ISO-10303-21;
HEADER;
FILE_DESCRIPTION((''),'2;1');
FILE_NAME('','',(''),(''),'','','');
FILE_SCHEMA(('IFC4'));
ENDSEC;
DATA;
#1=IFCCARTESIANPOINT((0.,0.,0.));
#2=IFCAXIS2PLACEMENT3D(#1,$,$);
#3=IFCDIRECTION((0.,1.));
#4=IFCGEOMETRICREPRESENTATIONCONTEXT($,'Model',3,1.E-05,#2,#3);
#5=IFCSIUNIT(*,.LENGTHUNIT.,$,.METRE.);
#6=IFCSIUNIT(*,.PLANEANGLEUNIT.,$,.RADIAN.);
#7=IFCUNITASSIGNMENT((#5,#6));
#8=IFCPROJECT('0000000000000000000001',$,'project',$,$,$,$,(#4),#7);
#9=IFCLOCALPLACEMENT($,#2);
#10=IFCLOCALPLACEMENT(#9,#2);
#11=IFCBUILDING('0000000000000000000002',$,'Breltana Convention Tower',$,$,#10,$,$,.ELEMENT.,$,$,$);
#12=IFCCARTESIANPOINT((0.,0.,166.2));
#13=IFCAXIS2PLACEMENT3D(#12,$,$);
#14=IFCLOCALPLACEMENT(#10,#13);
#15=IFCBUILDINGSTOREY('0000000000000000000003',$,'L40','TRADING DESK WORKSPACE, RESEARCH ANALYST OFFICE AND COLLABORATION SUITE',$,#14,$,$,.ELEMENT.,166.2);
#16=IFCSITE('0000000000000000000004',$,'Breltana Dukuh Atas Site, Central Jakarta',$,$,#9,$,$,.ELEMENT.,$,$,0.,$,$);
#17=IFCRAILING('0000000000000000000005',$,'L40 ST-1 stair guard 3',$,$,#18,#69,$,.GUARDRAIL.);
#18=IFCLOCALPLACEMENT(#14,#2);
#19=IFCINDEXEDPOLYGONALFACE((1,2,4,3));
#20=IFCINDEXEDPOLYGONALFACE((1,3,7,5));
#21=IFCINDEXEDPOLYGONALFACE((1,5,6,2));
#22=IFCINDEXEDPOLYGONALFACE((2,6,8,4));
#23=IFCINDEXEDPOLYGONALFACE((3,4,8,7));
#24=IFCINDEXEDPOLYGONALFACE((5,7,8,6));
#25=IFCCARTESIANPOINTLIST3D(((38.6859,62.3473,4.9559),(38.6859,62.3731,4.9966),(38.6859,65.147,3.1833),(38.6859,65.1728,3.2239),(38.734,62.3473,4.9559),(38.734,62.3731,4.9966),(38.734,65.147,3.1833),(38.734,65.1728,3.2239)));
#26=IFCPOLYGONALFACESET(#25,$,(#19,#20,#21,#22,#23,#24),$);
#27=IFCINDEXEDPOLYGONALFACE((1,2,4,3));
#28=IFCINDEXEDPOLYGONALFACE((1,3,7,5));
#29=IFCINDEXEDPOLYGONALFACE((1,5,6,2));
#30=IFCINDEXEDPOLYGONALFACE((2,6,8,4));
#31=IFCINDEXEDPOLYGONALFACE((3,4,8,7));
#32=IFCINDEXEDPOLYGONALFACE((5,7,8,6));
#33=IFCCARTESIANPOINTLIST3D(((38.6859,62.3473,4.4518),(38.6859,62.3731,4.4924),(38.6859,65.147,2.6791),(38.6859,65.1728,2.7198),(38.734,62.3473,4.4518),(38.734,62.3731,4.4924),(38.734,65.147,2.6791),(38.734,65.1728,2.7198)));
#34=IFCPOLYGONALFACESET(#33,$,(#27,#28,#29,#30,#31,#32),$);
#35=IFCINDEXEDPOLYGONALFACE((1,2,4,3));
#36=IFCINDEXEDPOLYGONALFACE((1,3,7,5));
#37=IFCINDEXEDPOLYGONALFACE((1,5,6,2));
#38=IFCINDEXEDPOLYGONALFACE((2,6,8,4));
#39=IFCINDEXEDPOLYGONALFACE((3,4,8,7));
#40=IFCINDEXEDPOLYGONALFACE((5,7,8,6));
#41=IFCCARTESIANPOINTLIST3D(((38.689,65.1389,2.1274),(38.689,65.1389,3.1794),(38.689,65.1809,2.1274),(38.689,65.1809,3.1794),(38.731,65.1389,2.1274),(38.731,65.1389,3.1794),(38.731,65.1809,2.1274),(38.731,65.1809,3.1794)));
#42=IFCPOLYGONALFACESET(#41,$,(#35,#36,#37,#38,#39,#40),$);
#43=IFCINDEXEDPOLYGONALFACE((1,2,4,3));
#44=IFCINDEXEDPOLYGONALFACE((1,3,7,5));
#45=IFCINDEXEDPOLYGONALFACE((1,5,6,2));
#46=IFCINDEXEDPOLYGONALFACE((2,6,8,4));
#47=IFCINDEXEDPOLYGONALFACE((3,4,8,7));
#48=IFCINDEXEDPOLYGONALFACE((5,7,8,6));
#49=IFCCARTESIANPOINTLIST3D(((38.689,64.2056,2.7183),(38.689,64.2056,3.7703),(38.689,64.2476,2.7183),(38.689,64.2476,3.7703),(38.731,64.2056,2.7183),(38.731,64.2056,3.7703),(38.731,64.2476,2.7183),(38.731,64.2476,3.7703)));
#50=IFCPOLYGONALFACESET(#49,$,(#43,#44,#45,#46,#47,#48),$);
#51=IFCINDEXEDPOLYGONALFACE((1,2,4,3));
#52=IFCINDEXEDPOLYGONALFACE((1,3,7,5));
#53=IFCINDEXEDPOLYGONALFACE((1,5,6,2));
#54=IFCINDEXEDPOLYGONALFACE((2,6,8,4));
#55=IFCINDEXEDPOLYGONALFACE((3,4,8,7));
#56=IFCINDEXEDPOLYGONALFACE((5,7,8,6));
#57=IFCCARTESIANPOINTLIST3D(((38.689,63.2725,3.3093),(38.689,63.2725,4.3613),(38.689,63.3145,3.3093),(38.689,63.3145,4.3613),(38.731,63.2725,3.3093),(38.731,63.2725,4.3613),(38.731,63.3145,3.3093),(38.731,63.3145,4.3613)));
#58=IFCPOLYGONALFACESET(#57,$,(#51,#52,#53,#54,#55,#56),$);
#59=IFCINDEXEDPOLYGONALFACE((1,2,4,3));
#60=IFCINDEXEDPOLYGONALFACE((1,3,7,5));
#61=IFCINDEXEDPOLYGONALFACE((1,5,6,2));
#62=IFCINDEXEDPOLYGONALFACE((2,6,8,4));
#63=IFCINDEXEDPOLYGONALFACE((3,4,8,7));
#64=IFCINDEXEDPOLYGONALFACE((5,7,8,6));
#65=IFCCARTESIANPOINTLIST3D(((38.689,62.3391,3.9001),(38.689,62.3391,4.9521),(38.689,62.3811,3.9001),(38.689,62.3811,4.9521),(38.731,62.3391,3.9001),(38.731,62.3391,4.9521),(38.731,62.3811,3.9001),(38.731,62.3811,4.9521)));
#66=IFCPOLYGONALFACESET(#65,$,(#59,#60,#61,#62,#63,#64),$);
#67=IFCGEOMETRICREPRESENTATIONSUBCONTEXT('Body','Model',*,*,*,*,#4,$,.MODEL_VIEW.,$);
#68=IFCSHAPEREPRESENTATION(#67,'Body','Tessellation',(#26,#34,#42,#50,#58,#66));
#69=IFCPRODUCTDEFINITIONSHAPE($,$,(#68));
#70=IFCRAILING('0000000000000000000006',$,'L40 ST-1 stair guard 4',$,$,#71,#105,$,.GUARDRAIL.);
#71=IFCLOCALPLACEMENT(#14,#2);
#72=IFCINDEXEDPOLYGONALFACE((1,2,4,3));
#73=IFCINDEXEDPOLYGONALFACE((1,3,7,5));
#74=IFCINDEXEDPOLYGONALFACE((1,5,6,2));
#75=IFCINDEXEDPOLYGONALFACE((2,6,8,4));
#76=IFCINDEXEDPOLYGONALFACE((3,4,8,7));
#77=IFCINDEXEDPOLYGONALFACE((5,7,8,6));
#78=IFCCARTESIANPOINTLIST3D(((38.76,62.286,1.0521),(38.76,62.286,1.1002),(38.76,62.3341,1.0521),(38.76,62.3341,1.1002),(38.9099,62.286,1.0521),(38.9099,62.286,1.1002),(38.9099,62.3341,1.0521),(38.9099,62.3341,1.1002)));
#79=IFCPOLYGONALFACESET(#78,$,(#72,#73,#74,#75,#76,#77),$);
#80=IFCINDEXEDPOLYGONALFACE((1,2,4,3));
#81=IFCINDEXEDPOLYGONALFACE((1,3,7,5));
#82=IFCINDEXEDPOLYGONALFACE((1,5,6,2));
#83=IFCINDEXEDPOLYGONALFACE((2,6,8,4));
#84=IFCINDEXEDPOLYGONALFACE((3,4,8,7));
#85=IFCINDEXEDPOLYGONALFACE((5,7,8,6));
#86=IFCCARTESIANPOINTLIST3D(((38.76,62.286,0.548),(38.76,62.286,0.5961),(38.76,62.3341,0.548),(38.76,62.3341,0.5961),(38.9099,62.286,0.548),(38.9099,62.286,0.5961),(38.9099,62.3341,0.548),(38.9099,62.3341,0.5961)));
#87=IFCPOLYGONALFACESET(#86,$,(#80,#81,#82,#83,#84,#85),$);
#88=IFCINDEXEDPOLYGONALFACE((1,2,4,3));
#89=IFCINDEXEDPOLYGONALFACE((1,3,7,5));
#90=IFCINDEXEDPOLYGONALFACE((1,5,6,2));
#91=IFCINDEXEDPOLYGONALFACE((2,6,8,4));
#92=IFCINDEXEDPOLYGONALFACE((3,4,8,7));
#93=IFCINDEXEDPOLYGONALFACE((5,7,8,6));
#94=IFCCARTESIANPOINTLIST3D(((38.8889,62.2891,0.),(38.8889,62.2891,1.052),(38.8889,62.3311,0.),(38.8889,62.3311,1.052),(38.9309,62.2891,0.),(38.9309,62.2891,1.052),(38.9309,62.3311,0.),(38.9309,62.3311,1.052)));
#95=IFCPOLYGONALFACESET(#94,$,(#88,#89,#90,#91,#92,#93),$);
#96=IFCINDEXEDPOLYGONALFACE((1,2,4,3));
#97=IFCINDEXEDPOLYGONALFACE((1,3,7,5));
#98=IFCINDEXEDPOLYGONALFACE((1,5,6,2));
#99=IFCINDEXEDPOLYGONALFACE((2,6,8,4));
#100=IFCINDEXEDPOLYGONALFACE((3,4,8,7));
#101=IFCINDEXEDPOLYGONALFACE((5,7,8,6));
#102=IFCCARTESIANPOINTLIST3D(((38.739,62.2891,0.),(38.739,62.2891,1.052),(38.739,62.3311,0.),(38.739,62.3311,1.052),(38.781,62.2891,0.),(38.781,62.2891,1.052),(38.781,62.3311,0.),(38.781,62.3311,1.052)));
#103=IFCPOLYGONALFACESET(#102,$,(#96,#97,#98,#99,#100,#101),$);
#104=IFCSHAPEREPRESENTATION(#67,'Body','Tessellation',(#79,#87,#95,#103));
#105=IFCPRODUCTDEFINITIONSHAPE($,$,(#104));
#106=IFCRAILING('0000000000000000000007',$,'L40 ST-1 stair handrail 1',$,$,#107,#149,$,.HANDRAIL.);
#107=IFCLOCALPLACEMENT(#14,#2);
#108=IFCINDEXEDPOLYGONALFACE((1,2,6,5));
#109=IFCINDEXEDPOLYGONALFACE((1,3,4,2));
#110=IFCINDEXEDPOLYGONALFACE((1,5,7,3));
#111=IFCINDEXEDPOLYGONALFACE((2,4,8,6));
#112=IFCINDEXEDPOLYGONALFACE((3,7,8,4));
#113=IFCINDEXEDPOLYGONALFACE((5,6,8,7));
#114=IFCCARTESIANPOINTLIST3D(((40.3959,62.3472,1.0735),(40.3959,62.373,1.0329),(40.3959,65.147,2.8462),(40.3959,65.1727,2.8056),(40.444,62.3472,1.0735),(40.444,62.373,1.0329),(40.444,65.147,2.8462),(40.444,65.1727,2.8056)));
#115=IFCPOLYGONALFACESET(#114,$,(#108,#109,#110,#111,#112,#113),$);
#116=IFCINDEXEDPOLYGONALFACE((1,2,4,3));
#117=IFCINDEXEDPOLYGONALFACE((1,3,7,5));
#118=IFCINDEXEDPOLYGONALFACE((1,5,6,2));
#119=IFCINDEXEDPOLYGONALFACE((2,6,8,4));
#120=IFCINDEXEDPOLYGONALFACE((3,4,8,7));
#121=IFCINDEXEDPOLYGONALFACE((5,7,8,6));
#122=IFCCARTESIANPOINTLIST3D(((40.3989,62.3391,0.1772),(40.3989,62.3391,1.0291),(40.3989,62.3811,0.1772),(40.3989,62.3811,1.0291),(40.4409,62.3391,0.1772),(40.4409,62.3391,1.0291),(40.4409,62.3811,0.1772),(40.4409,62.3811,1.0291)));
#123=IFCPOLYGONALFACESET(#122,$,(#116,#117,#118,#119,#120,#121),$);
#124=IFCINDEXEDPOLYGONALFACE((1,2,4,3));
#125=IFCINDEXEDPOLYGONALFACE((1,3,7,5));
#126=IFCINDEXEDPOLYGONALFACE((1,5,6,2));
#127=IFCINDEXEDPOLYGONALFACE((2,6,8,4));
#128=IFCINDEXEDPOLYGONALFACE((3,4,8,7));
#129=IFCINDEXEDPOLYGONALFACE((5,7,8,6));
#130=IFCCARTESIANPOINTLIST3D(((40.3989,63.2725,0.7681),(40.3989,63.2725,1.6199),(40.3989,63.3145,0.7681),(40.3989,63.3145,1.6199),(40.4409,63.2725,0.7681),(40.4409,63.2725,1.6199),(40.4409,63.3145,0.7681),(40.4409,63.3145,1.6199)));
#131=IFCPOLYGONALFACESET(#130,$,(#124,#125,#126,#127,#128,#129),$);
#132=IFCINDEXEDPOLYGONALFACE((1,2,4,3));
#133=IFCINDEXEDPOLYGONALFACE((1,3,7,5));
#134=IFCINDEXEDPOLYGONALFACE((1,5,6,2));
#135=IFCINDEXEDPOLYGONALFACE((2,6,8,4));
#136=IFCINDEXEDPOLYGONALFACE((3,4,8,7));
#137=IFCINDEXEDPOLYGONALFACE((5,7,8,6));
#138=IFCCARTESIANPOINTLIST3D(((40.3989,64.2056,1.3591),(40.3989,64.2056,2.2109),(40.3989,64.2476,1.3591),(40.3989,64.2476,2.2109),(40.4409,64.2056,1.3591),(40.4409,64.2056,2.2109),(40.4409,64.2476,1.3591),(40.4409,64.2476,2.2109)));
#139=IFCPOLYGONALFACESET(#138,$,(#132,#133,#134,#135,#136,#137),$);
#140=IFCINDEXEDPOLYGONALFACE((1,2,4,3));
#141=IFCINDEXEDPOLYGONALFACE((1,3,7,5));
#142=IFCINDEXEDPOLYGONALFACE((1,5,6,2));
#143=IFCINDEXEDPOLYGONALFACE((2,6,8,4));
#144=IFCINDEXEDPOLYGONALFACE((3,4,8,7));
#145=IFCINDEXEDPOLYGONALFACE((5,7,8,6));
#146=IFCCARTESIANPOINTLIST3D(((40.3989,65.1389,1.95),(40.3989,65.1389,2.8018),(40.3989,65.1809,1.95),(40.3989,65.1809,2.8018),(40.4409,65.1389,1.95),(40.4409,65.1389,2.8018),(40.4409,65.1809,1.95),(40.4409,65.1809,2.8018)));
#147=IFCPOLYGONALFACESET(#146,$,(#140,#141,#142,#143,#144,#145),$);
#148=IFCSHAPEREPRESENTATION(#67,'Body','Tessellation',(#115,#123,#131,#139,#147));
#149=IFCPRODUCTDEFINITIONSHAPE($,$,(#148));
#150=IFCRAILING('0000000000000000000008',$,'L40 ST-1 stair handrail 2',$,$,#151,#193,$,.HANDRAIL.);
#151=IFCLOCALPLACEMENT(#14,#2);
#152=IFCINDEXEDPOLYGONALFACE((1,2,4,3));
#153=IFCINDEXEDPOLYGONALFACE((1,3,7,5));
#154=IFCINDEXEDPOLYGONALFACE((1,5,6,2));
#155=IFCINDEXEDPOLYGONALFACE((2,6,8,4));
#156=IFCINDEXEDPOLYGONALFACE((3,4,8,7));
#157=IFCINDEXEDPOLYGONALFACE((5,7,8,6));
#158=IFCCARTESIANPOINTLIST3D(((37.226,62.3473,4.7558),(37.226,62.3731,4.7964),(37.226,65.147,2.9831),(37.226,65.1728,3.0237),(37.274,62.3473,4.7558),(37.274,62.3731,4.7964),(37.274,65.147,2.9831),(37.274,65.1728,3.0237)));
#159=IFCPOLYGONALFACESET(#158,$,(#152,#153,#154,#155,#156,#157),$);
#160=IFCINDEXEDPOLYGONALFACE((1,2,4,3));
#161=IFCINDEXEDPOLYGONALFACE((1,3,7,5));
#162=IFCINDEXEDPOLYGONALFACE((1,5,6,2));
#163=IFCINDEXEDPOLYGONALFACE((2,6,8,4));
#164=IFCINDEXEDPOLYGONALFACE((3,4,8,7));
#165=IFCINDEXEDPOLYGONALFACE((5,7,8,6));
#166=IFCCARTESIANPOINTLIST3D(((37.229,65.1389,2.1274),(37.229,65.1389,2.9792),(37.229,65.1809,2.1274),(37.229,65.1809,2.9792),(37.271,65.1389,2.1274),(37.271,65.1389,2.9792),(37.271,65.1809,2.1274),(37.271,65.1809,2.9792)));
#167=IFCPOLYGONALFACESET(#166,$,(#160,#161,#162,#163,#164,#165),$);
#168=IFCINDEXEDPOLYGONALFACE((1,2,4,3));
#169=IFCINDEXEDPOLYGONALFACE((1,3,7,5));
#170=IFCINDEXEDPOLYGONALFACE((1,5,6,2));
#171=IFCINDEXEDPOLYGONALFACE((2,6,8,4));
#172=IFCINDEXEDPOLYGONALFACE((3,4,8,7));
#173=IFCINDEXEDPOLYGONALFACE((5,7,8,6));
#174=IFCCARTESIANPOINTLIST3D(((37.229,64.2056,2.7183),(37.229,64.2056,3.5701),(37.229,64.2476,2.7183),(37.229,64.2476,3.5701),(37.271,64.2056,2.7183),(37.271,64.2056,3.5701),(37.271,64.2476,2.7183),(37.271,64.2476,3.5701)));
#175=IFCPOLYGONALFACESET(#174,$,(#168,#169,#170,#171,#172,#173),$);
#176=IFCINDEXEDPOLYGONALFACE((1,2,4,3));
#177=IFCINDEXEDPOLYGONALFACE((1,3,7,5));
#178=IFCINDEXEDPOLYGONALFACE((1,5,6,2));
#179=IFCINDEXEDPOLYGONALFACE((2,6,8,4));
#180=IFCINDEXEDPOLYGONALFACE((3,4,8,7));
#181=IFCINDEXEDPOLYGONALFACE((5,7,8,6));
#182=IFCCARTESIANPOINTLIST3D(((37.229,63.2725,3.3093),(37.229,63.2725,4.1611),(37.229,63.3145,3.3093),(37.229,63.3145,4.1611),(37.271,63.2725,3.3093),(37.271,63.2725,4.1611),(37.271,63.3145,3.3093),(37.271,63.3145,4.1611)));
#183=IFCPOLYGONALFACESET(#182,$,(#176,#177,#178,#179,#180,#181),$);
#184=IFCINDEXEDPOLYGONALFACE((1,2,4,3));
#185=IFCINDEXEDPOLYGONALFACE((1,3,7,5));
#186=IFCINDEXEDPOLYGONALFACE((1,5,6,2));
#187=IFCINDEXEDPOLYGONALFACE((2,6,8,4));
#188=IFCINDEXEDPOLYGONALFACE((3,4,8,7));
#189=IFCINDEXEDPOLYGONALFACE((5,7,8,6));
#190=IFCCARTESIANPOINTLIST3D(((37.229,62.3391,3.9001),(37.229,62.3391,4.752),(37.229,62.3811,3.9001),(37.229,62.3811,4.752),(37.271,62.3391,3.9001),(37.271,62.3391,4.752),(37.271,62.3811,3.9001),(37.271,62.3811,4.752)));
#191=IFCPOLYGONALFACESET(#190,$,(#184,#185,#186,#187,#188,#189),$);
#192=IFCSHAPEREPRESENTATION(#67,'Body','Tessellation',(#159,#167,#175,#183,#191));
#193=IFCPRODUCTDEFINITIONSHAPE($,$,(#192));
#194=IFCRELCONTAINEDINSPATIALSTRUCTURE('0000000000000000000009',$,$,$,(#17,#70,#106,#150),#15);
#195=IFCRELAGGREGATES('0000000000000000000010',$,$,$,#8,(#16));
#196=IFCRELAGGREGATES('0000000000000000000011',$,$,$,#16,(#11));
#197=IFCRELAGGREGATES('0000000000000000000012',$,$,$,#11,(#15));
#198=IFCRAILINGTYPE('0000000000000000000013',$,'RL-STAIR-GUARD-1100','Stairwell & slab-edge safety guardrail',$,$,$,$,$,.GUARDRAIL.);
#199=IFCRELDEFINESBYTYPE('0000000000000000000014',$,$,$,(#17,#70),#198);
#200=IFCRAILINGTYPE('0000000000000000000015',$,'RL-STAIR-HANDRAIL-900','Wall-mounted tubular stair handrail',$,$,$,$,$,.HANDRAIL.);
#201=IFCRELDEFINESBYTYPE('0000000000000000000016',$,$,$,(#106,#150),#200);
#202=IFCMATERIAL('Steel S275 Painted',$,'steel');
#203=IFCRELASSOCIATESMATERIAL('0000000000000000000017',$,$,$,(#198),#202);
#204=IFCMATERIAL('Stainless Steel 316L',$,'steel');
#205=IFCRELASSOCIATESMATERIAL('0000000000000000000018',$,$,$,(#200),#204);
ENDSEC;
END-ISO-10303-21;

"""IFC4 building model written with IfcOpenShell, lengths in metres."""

from ifc_helpers import new_model, si_unit, direction, frame, origin, origin_2d, place, context, subcontext, project, spatial, rectangle, extrude, material, type_object, element, save


model = new_model("IFC4")

# Units and contexts
model_context = context("Model", 3, precision=1e-05, world=origin(), true_north=direction((0.0, 1.0)))
body_context = subcontext(model_context, "Body", "Model", "MODEL_VIEW")
ifc_project = project(units=[si_unit("LENGTHUNIT", "METRE"), si_unit("PLANEANGLEUNIT", "RADIAN")], contexts=[model_context])

# Site, building, storey
site_placement = place(None, origin())
site = spatial("IfcSite", under=ifc_project, at=site_placement, Name="Breltana Dukuh Atas Site, Central Jakarta", CompositionType="ELEMENT", RefElevation=0.0)
building_placement = place(site_placement, origin())
building = spatial("IfcBuilding", under=site, at=building_placement, Name="Breltana Convention Tower", CompositionType="ELEMENT")
storey_placement = place(building_placement, frame((0.0, 0.0, 166.2)))
storey = spatial("IfcBuildingStorey", under=building, at=storey_placement, Name="L40", Description="TRADING DESK WORKSPACE, RESEARCH ANALYST OFFICE AND COLLABORATION SUITE", CompositionType="ELEMENT", Elevation=166.2)

# Railings
ifc_material_1 = material(Name="Steel S275 Painted", Category="steel")
railing_type_1 = type_object("IfcRailingType", Name="RL-STAIR-GUARD-1100", Description="Stairwell & slab-edge safety guardrail", PredefinedType="GUARDRAIL", material=ifc_material_1)
railing_1_placement = place(storey_placement, frame((38.71, 65.1599, 2.1274)))
element("IfcRailing", 1, at=railing_1_placement, inside=storey, type_object=railing_type_1, Name="L40 ST-1 stair guard 3", PredefinedType="GUARDRAIL", context=body_context, shape_type="SweptSolid", body=[
    extrude(rectangle(XDim=0.0481, YDim=0.0481, at=origin_2d()), frame((0.0, 0.0, 1.0762), z_axis=(0.0, -0.844888, 0.534943), x_axis=(1.0, 0.0, 0.0)), (0.0, 0.0, 1.0), 3.3137),
    extrude(rectangle(XDim=0.0481, YDim=0.0481, at=origin_2d()), frame((0.0, 0.0, 0.572), z_axis=(0.0, -0.844888, 0.534943), x_axis=(1.0, 0.0, 0.0)), (0.0, 0.0, 1.0), 3.3137),
    extrude(rectangle(XDim=0.042, YDim=0.042, at=origin_2d()), origin(), (0.0, 0.0, 1.0), 1.052),
    extrude(rectangle(XDim=0.042, YDim=0.042, at=origin_2d()), frame((0.0, -0.9333, 0.5908)), (0.0, 0.0, 1.0), 1.052),
    extrude(rectangle(XDim=0.042, YDim=0.042, at=origin_2d()), frame((0.0, -1.8665, 1.1819)), (0.0, 0.0, 1.0), 1.052),
    extrude(rectangle(XDim=0.042, YDim=0.042, at=origin_2d()), frame((0.0, -2.7998, 1.7727)), (0.0, 0.0, 1.0), 1.052),
])
railing_2_placement = place(storey_placement, frame((38.9099, 62.3101, 0.0)))
element("IfcRailing", 2, at=railing_2_placement, inside=storey, type_object=railing_type_1, Name="L40 ST-1 stair guard 4", PredefinedType="GUARDRAIL", context=body_context, shape_type="SweptSolid", body=[
    extrude(rectangle(XDim=0.0481, YDim=0.0481, at=origin_2d()), frame((0.0, 0.0, 1.0762), z_axis=(-1.0, 0.0, 0.0), x_axis=(0.0, -1.0, 0.0)), (0.0, 0.0, 1.0), 0.1499),
    extrude(rectangle(XDim=0.0481, YDim=0.0481, at=origin_2d()), frame((0.0, 0.0, 0.572), z_axis=(-1.0, 0.0, 0.0), x_axis=(0.0, -1.0, 0.0)), (0.0, 0.0, 1.0), 0.1499),
    extrude(rectangle(XDim=0.042, YDim=0.042, at=origin_2d()), origin(), (0.0, 0.0, 1.0), 1.052),
    extrude(rectangle(XDim=0.042, YDim=0.042, at=origin_2d()), frame((-0.1499, 0.0, 0.0)), (0.0, 0.0, 1.0), 1.052),
])
ifc_material_2 = material(Name="Stainless Steel 316L", Category="steel")
railing_type_2 = type_object("IfcRailingType", Name="RL-STAIR-HANDRAIL-900", Description="Wall-mounted tubular stair handrail", PredefinedType="HANDRAIL", material=ifc_material_2)
railing_3_placement = place(storey_placement, frame((40.4199, 62.3601, 0.1772)))
element("IfcRailing", 3, at=railing_3_placement, inside=storey, type_object=railing_type_2, Name="L40 ST-1 stair handrail 1", PredefinedType="HANDRAIL", context=body_context, shape_type="SweptSolid", body=[
    extrude(rectangle(XDim=0.0481, YDim=0.0481, at=origin_2d()), frame((0.0, 0.0, 0.876), z_axis=(0.0, 0.844888, 0.534943), x_axis=(-1.0, 0.0, 0.0)), (0.0, 0.0, 1.0), 3.3137),
    extrude(rectangle(XDim=0.042, YDim=0.042, at=origin_2d()), origin(), (0.0, 0.0, 1.0), 0.8518),
    extrude(rectangle(XDim=0.042, YDim=0.042, at=origin_2d()), frame((0.0, 0.9333, 0.5908)), (0.0, 0.0, 1.0), 0.8518),
    extrude(rectangle(XDim=0.042, YDim=0.042, at=origin_2d()), frame((0.0, 1.8665, 1.1819)), (0.0, 0.0, 1.0), 0.8518),
    extrude(rectangle(XDim=0.042, YDim=0.042, at=origin_2d()), frame((0.0, 2.7998, 1.7727)), (0.0, 0.0, 1.0), 0.8518),
])
railing_4_placement = place(storey_placement, frame((37.25, 65.1599, 2.1274)))
element("IfcRailing", 4, at=railing_4_placement, inside=storey, type_object=railing_type_2, Name="L40 ST-1 stair handrail 2", PredefinedType="HANDRAIL", context=body_context, shape_type="SweptSolid", body=[
    extrude(rectangle(XDim=0.0481, YDim=0.0481, at=origin_2d()), frame((0.0, 0.0, 0.876), z_axis=(0.0, -0.844888, 0.534943), x_axis=(1.0, 0.0, 0.0)), (0.0, 0.0, 1.0), 3.3137),
    extrude(rectangle(XDim=0.042, YDim=0.042, at=origin_2d()), origin(), (0.0, 0.0, 1.0), 0.8518),
    extrude(rectangle(XDim=0.042, YDim=0.042, at=origin_2d()), frame((0.0, -0.9333, 0.5908)), (0.0, 0.0, 1.0), 0.8518),
    extrude(rectangle(XDim=0.042, YDim=0.042, at=origin_2d()), frame((0.0, -1.8665, 1.1819)), (0.0, 0.0, 1.0), 0.8518),
    extrude(rectangle(XDim=0.042, YDim=0.042, at=origin_2d()), frame((0.0, -2.7998, 1.7727)), (0.0, 0.0, 1.0), 0.8518),
])

save(model, "model.ifc")
